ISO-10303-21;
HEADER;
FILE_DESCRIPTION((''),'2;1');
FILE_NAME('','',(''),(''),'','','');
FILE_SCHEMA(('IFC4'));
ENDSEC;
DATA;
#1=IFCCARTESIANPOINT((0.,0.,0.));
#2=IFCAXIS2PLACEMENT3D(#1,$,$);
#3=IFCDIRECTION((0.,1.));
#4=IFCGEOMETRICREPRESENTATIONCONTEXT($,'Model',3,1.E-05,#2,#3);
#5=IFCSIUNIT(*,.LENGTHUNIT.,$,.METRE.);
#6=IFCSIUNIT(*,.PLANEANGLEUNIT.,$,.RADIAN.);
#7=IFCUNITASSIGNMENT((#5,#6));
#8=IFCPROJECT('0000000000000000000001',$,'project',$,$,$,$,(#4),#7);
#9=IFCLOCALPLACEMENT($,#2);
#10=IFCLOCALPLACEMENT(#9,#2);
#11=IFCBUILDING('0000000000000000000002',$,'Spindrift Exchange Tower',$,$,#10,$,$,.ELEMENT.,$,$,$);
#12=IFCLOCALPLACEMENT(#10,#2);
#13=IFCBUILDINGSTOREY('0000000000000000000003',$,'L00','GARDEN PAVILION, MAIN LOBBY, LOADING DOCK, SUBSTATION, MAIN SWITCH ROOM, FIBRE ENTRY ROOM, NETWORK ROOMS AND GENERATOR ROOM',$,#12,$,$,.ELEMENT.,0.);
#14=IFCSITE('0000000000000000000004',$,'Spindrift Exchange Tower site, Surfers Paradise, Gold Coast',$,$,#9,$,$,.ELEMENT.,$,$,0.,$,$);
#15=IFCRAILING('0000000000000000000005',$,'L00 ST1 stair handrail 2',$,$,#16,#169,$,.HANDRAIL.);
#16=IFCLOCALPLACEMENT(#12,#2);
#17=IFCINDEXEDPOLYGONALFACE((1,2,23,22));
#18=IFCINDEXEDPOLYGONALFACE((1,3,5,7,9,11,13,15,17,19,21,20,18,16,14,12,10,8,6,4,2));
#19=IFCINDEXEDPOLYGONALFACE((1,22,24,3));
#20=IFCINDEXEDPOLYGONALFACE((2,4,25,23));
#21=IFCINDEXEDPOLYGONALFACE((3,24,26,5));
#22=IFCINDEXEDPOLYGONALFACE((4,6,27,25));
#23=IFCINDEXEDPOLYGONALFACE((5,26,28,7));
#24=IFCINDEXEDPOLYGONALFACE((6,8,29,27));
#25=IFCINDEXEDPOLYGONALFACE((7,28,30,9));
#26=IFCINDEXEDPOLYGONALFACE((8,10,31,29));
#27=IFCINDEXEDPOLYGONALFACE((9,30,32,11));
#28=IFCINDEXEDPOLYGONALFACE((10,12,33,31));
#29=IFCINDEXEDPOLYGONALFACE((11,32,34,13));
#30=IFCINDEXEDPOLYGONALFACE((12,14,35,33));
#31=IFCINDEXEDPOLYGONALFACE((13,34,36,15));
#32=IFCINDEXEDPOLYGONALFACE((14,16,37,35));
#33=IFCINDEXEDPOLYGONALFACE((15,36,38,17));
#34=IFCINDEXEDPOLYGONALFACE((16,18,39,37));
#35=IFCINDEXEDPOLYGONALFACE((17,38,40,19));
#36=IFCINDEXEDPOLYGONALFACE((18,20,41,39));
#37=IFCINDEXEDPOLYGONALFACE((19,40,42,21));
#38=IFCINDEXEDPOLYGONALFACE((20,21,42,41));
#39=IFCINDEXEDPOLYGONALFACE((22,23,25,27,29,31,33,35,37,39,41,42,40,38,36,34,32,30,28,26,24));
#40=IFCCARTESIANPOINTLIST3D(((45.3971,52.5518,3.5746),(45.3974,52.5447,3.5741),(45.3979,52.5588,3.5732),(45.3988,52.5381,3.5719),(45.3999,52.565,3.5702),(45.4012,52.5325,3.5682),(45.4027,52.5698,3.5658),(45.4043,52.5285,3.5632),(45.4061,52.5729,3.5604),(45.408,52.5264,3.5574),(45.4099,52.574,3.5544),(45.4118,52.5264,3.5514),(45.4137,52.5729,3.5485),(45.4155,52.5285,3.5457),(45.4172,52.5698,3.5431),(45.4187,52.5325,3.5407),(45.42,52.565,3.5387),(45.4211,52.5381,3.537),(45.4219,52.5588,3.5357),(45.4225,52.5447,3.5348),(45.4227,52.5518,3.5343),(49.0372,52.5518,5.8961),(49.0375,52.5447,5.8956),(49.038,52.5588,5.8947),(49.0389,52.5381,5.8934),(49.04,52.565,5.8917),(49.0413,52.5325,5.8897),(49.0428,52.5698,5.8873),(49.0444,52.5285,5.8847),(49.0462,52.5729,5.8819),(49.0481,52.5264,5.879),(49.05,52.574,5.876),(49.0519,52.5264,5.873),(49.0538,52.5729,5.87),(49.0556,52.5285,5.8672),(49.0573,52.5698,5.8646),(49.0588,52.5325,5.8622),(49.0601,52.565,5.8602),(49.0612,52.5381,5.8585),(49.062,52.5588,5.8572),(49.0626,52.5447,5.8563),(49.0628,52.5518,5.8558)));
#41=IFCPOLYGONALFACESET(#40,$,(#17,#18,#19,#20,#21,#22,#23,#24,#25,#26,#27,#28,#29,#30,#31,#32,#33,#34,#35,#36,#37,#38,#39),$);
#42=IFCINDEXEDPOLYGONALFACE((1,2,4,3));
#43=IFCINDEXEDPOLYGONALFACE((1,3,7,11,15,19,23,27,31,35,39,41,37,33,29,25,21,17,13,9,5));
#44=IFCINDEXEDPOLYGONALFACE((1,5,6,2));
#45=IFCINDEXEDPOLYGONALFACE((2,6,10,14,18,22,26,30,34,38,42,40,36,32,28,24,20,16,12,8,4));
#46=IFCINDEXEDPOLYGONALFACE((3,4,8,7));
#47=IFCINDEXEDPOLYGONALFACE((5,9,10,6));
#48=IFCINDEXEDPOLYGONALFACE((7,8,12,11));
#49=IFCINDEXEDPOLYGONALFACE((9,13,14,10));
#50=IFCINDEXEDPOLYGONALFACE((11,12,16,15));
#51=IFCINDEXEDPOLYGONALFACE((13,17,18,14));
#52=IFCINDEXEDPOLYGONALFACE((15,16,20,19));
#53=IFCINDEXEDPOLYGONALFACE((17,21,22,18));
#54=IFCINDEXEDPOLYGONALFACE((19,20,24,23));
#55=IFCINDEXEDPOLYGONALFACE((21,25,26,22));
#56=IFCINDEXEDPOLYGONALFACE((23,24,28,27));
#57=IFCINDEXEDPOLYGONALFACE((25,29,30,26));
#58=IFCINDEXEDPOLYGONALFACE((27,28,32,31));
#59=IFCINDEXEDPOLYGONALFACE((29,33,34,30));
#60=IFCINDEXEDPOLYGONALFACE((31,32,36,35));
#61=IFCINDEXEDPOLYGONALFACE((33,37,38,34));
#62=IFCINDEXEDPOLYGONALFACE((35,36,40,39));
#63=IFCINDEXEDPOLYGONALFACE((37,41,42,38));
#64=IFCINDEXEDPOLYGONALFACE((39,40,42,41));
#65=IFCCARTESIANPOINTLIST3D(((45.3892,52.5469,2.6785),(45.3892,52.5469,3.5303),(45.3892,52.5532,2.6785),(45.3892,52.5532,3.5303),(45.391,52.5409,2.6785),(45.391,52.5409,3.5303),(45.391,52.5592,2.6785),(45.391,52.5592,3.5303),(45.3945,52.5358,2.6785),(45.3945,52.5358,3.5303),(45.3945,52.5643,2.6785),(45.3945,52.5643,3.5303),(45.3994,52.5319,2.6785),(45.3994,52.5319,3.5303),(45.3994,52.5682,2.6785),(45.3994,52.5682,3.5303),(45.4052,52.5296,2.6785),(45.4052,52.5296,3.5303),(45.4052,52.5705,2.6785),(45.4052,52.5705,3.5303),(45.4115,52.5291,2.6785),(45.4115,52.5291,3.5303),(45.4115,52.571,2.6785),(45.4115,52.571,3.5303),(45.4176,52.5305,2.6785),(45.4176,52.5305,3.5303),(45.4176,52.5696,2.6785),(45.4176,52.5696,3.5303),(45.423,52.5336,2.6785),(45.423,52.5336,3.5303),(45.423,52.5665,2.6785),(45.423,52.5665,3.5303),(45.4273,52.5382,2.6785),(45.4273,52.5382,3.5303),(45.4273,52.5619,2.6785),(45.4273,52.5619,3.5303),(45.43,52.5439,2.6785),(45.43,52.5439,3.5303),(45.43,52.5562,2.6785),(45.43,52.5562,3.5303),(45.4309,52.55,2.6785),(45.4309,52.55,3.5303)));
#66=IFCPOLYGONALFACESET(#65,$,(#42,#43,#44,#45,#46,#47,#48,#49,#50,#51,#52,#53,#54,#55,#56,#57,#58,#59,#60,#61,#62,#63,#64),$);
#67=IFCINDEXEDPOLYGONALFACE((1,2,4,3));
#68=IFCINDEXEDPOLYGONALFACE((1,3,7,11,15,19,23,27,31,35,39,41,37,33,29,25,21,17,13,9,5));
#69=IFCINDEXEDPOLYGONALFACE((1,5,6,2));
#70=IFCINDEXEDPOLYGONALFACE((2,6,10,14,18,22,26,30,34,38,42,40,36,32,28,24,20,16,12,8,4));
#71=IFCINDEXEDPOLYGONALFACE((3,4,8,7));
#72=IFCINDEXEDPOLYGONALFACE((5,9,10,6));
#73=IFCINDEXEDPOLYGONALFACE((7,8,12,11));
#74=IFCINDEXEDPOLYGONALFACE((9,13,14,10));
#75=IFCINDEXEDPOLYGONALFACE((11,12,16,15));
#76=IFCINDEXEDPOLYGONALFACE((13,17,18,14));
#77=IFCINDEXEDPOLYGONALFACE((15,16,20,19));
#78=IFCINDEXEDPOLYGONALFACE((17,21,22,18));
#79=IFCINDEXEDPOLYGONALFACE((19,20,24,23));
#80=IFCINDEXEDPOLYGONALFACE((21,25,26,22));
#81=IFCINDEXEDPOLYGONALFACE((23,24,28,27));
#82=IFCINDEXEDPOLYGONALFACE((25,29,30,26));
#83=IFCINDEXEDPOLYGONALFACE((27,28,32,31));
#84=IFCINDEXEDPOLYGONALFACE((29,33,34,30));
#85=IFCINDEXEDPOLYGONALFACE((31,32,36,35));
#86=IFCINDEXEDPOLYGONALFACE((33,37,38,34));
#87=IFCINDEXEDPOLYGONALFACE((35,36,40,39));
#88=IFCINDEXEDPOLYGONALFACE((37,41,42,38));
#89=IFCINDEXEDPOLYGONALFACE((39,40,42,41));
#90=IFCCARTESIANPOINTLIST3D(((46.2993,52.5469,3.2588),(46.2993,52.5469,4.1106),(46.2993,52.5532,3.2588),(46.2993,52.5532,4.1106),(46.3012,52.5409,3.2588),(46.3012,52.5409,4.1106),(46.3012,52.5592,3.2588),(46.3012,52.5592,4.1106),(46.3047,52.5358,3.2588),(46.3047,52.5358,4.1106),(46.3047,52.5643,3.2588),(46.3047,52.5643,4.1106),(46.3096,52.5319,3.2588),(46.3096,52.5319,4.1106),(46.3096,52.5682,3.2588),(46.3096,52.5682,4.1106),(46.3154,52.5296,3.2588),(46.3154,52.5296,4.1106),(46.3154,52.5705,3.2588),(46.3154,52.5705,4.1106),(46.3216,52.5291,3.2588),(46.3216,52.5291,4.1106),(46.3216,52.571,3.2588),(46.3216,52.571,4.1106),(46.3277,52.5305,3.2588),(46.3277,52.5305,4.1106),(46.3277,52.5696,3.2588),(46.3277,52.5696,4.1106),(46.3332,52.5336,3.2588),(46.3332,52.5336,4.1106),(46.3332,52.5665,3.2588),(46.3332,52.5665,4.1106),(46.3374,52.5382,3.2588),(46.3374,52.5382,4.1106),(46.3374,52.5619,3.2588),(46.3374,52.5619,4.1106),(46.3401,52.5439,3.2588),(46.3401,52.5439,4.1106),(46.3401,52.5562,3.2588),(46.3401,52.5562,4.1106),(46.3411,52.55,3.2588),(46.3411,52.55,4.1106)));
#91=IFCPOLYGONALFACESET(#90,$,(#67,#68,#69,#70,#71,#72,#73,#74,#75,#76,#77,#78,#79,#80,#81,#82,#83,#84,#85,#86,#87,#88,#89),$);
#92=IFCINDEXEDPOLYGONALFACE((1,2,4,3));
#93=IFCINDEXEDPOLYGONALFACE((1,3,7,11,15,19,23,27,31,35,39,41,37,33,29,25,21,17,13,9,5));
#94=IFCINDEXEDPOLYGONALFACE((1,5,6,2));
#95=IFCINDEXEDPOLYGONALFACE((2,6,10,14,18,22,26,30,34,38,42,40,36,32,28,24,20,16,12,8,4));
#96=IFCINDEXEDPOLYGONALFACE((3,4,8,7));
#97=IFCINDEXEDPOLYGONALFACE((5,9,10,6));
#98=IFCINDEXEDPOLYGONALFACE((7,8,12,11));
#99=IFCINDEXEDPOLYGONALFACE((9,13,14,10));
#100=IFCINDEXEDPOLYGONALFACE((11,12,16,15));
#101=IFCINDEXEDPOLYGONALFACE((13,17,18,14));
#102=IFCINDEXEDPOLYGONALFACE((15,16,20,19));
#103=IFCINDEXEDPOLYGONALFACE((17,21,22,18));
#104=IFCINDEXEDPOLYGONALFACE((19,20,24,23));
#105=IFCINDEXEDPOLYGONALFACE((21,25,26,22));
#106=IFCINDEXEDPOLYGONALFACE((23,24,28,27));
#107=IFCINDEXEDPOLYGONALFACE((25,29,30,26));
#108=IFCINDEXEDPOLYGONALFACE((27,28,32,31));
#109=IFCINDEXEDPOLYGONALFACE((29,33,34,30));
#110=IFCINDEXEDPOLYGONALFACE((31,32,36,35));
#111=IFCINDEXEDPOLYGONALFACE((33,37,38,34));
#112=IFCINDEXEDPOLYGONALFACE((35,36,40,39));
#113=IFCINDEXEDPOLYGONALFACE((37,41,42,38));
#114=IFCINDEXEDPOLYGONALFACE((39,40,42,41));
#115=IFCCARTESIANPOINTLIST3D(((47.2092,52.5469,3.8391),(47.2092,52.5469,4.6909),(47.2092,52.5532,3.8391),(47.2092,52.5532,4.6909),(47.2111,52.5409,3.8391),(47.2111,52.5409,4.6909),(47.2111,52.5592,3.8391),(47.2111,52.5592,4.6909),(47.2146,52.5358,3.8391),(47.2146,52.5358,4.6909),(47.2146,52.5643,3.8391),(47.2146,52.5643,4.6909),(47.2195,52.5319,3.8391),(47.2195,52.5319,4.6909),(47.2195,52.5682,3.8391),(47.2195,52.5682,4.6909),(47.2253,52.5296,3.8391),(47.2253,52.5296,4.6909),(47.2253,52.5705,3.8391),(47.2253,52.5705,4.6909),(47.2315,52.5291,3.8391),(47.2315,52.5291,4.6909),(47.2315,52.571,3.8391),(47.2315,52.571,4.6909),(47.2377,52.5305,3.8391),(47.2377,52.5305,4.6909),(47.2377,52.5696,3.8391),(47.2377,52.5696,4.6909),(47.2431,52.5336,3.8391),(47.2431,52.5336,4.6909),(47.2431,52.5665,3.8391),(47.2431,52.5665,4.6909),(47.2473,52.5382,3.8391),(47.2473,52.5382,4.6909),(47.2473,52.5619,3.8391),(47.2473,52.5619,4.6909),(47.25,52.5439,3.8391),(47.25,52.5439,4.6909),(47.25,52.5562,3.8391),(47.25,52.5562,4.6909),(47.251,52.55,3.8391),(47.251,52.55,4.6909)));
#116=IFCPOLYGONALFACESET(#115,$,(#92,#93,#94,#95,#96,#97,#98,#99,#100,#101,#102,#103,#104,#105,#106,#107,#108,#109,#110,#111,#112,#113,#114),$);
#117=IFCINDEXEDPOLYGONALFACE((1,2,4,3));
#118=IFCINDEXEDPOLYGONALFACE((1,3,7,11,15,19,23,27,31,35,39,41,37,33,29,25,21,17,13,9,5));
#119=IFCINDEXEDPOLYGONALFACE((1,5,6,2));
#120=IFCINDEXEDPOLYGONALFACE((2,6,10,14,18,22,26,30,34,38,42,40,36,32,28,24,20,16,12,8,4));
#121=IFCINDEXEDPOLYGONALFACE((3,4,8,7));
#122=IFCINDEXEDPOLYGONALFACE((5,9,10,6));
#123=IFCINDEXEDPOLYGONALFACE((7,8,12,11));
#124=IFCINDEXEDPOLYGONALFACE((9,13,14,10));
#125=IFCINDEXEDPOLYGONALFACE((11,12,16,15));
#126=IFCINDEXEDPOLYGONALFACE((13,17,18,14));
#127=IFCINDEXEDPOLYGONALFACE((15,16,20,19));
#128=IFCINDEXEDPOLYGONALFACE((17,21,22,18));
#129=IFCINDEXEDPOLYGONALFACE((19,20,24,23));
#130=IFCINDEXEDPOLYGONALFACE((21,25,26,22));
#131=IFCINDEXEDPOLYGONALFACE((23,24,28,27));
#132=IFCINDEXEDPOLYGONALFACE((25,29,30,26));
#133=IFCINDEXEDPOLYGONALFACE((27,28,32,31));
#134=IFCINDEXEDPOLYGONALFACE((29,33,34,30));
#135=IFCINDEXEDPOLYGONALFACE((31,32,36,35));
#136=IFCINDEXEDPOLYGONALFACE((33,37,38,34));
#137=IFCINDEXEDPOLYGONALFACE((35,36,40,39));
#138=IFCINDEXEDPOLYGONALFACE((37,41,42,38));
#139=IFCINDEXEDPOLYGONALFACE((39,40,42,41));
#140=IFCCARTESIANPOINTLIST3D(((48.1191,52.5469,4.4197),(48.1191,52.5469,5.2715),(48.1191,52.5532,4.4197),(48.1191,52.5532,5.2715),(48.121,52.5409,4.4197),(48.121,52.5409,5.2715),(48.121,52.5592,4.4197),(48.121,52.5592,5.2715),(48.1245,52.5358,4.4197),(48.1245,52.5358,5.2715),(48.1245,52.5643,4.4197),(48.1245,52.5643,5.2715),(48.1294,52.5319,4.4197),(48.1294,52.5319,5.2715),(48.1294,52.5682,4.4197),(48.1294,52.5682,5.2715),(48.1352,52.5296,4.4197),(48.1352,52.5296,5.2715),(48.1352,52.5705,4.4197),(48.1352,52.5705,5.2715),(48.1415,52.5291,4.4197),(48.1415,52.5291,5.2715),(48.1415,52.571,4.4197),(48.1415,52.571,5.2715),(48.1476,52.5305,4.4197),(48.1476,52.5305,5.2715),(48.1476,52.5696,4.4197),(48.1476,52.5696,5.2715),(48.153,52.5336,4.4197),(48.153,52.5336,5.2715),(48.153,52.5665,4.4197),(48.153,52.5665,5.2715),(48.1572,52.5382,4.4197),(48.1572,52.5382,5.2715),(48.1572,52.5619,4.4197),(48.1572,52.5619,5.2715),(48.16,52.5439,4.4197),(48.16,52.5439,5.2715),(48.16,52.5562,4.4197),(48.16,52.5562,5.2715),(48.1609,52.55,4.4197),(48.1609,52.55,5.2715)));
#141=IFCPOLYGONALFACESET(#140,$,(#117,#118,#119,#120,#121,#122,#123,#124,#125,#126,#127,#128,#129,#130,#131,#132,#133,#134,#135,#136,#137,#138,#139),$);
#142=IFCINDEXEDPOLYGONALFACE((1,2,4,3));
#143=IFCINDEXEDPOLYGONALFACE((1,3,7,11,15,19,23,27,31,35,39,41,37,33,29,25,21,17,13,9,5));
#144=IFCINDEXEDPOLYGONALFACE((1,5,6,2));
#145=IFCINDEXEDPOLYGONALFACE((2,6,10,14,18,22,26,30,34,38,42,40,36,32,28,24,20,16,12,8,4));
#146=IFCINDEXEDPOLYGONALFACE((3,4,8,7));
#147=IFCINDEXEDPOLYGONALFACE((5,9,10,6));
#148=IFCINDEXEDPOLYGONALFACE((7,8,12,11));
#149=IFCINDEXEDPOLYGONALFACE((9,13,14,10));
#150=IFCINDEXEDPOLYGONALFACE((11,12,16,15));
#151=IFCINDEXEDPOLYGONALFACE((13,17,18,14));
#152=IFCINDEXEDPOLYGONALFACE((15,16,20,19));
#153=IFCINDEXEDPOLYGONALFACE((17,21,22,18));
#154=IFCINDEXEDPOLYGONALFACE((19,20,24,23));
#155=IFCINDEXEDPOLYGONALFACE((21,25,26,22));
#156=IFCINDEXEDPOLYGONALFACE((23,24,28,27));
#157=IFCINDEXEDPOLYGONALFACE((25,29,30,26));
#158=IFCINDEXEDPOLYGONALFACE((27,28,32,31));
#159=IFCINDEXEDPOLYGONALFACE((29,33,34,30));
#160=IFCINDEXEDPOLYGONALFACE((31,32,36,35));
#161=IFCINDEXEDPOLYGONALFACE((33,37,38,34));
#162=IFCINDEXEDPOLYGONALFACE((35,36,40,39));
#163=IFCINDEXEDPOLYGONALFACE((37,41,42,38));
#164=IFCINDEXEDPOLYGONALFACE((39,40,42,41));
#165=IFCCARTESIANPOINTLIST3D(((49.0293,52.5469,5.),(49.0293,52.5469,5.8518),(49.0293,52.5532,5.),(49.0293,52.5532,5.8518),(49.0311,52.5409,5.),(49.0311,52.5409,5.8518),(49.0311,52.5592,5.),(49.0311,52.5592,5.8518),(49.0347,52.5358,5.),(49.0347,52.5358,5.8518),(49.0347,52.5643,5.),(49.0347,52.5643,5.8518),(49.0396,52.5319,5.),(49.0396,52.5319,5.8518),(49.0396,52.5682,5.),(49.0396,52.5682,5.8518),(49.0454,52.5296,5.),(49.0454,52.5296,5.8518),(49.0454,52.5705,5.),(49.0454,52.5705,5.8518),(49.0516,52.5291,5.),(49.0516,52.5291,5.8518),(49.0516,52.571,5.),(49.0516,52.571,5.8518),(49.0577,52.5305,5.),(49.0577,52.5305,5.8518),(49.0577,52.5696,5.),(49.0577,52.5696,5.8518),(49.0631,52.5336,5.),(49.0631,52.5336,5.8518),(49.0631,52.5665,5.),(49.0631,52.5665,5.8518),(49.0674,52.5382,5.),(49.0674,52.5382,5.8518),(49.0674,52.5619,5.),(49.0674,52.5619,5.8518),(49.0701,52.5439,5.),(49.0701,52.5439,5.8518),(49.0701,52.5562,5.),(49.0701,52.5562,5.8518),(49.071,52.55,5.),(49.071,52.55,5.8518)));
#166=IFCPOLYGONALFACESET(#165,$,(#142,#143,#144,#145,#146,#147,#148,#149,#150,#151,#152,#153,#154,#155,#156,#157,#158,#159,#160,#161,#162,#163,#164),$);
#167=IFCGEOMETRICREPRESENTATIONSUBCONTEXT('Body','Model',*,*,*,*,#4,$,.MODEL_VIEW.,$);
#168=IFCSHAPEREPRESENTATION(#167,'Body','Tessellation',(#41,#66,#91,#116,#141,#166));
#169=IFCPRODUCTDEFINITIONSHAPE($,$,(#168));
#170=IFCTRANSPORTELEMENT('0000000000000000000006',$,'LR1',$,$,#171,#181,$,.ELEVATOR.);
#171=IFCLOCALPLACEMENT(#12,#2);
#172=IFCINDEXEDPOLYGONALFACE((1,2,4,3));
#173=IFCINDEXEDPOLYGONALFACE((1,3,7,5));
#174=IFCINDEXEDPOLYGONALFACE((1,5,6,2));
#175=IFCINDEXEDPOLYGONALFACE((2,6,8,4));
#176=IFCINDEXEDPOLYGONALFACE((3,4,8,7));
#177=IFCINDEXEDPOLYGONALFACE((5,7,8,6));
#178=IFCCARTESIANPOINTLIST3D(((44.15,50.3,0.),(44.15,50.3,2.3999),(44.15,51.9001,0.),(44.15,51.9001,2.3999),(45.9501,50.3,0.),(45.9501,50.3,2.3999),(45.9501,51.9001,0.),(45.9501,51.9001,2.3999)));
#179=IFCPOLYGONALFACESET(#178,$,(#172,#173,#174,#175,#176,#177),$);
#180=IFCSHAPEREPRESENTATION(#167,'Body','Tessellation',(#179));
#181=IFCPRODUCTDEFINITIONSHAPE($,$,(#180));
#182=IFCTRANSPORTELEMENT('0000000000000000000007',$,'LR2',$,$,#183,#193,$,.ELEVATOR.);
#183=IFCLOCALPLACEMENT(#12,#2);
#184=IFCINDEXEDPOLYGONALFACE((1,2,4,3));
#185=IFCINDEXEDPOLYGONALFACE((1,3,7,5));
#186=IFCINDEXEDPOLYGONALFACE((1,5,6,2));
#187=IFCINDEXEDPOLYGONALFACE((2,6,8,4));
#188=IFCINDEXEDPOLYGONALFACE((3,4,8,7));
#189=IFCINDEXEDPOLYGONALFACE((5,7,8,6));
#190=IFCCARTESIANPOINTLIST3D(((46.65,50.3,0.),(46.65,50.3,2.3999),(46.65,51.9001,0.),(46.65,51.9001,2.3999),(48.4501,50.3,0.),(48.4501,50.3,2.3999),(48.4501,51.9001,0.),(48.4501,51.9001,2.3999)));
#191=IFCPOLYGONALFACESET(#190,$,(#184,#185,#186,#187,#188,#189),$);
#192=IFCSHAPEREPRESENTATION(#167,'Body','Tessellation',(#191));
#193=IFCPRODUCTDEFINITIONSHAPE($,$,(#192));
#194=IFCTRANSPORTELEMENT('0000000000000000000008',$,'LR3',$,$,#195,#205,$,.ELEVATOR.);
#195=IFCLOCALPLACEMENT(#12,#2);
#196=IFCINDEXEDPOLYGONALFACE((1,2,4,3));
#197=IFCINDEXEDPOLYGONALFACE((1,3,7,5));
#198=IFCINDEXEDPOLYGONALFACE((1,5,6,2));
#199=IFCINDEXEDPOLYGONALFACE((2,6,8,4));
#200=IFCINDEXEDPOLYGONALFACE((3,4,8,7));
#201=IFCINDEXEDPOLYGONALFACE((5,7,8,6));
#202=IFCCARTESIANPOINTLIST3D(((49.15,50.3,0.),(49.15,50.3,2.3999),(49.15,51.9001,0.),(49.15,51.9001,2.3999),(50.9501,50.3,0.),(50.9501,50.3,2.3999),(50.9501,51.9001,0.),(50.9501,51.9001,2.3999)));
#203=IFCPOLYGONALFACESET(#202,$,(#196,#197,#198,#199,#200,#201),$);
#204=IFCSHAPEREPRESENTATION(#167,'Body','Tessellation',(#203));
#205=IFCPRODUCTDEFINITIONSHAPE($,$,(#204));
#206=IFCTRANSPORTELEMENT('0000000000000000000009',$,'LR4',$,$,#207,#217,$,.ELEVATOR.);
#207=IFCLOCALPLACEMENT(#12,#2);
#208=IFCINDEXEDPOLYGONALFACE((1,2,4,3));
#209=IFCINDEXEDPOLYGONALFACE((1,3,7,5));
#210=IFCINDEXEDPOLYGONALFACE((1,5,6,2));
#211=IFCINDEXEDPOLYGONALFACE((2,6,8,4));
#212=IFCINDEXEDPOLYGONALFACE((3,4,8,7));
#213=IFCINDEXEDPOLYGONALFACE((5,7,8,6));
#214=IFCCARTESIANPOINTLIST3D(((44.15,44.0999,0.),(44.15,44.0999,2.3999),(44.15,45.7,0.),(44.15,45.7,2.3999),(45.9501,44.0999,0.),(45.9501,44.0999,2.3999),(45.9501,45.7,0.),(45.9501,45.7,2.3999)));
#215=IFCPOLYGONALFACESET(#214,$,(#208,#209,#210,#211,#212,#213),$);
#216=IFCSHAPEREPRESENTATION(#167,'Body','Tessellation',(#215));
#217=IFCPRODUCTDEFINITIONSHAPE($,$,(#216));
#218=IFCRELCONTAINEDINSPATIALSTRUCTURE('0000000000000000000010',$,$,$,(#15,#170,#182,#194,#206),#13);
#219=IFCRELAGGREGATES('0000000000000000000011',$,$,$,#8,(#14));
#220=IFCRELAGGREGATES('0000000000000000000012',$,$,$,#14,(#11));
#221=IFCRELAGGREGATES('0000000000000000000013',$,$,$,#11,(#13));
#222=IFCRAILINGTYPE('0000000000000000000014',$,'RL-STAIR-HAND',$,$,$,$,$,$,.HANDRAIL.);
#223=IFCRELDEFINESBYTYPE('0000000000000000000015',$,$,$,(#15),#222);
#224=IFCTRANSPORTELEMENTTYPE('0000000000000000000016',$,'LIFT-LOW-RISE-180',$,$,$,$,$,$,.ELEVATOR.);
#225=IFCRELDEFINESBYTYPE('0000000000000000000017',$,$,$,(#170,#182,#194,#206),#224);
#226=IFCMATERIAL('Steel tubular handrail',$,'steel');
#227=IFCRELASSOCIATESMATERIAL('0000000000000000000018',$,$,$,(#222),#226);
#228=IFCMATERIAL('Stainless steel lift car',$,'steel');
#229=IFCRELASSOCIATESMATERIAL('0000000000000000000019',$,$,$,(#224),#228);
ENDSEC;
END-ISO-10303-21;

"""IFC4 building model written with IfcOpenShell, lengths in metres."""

from ifc_helpers import new_model, si_unit, direction, frame, origin, origin_2d, place, context, subcontext, project, spatial, rectangle, circle, extrude, source, transform, mapped, material, type_object, element, save


model = new_model("IFC4")

# Units and contexts
model_context = context("Model", 3, precision=1e-05, world=origin(), true_north=direction((0.0, 1.0)))
body_context = subcontext(model_context, "Body", "Model", "MODEL_VIEW")
ifc_project = project(units=[si_unit("LENGTHUNIT", "METRE"), si_unit("PLANEANGLEUNIT", "RADIAN")], contexts=[model_context])

# Site, building, storey
site_placement = place(None, origin())
site = spatial("IfcSite", under=ifc_project, at=site_placement, Name="Spindrift Exchange Tower site, Surfers Paradise, Gold Coast", CompositionType="ELEMENT", RefElevation=0.0)
building_placement = place(site_placement, origin())
building = spatial("IfcBuilding", under=site, at=building_placement, Name="Spindrift Exchange Tower", CompositionType="ELEMENT")
storey_placement = place(building_placement, origin())
storey = spatial("IfcBuildingStorey", under=building, at=storey_placement, Name="L00", Description="GARDEN PAVILION, MAIN LOBBY, LOADING DOCK, SUBSTATION, MAIN SWITCH ROOM, FIBRE ENTRY ROOM, NETWORK ROOMS AND GENERATOR ROOM", CompositionType="ELEMENT", Elevation=0.0)

# Railing
ifc_material_1 = material(Name="Steel tubular handrail", Category="steel")
railing_type_1 = type_object("IfcRailingType", Name="RL-STAIR-HAND", PredefinedType="HANDRAIL", material=ifc_material_1)
railing_1_placement = place(storey_placement, frame((45.4099, 52.55, 2.6785)))
element("IfcRailing", 1, at=railing_1_placement, inside=storey, type_object=railing_type_1, Name="L00 ST1 stair handrail 2", PredefinedType="HANDRAIL", context=body_context, shape_type="SweptSolid", body=[
    extrude(circle(Radius=0.0239, at=origin_2d()), frame((0.0, 0.0, 0.876), z_axis=(0.843128, 0.0, 0.537713), x_axis=(0.0, 1.0, 0.0)), (0.0, 0.0, 1.0), 4.3174),
    extrude(circle(Radius=0.021, at=origin_2d()), origin(), (0.0, 0.0, 1.0), 0.8518),
    extrude(circle(Radius=0.021, at=origin_2d()), frame((0.9102, 0.0, 0.5803)), (0.0, 0.0, 1.0), 0.8518),
    extrude(circle(Radius=0.021, at=origin_2d()), frame((1.8201, 0.0, 1.1606)), (0.0, 0.0, 1.0), 0.8518),
    extrude(circle(Radius=0.021, at=origin_2d()), frame((2.73, 0.0, 1.7412)), (0.0, 0.0, 1.0), 0.8518),
    extrude(circle(Radius=0.021, at=origin_2d()), frame((3.6401, 0.0, 2.3215)), (0.0, 0.0, 1.0), 0.8518),
])

# Transport elements
ifc_material_2 = material(Name="Stainless steel lift car", Category="steel")
transport_element_type_1 = type_object("IfcTransportElementType", Name="LIFT-LOW-RISE-180", PredefinedType="ELEVATOR", material=ifc_material_2)
shared_shape_1 = source(origin(), body_context, "Body", "SweptSolid", [
    extrude(rectangle(XDim=1.8, YDim=1.6001, at=origin_2d()), origin(), (0.0, 0.0, 1.0), 2.3999),
])
for number, where, z_axis, x_axis, name in (
    (2, (45.05, 51.1001, 0.0), (0.0, 0.0, 1.0), (1.0, 0.0, 0.0), "LR1"),
    (3, (47.55, 51.1001, 0.0), (0.0, 0.0, 1.0), (1.0, 0.0, 0.0), "LR2"),
    (4, (50.05, 51.1001, 0.0), (0.0, 0.0, 1.0), (1.0, 0.0, 0.0), "LR3"),
    (5, (45.05, 44.8999, 0.0), (0.0, 0.0, 1.0), (1.0, 0.0, 0.0), "LR4"),
):
    element("IfcTransportElement", number, at=place(storey_placement, frame(where, z_axis=z_axis, x_axis=x_axis)), inside=storey, type_object=transport_element_type_1, Name=name, PredefinedType="ELEVATOR", context=body_context, shape_type="MappedRepresentation", body=[
        mapped(shared_shape_1, transform((0.0, 0.0, 0.0), scale=1.0)),
    ])

save(model, "model.ifc")
